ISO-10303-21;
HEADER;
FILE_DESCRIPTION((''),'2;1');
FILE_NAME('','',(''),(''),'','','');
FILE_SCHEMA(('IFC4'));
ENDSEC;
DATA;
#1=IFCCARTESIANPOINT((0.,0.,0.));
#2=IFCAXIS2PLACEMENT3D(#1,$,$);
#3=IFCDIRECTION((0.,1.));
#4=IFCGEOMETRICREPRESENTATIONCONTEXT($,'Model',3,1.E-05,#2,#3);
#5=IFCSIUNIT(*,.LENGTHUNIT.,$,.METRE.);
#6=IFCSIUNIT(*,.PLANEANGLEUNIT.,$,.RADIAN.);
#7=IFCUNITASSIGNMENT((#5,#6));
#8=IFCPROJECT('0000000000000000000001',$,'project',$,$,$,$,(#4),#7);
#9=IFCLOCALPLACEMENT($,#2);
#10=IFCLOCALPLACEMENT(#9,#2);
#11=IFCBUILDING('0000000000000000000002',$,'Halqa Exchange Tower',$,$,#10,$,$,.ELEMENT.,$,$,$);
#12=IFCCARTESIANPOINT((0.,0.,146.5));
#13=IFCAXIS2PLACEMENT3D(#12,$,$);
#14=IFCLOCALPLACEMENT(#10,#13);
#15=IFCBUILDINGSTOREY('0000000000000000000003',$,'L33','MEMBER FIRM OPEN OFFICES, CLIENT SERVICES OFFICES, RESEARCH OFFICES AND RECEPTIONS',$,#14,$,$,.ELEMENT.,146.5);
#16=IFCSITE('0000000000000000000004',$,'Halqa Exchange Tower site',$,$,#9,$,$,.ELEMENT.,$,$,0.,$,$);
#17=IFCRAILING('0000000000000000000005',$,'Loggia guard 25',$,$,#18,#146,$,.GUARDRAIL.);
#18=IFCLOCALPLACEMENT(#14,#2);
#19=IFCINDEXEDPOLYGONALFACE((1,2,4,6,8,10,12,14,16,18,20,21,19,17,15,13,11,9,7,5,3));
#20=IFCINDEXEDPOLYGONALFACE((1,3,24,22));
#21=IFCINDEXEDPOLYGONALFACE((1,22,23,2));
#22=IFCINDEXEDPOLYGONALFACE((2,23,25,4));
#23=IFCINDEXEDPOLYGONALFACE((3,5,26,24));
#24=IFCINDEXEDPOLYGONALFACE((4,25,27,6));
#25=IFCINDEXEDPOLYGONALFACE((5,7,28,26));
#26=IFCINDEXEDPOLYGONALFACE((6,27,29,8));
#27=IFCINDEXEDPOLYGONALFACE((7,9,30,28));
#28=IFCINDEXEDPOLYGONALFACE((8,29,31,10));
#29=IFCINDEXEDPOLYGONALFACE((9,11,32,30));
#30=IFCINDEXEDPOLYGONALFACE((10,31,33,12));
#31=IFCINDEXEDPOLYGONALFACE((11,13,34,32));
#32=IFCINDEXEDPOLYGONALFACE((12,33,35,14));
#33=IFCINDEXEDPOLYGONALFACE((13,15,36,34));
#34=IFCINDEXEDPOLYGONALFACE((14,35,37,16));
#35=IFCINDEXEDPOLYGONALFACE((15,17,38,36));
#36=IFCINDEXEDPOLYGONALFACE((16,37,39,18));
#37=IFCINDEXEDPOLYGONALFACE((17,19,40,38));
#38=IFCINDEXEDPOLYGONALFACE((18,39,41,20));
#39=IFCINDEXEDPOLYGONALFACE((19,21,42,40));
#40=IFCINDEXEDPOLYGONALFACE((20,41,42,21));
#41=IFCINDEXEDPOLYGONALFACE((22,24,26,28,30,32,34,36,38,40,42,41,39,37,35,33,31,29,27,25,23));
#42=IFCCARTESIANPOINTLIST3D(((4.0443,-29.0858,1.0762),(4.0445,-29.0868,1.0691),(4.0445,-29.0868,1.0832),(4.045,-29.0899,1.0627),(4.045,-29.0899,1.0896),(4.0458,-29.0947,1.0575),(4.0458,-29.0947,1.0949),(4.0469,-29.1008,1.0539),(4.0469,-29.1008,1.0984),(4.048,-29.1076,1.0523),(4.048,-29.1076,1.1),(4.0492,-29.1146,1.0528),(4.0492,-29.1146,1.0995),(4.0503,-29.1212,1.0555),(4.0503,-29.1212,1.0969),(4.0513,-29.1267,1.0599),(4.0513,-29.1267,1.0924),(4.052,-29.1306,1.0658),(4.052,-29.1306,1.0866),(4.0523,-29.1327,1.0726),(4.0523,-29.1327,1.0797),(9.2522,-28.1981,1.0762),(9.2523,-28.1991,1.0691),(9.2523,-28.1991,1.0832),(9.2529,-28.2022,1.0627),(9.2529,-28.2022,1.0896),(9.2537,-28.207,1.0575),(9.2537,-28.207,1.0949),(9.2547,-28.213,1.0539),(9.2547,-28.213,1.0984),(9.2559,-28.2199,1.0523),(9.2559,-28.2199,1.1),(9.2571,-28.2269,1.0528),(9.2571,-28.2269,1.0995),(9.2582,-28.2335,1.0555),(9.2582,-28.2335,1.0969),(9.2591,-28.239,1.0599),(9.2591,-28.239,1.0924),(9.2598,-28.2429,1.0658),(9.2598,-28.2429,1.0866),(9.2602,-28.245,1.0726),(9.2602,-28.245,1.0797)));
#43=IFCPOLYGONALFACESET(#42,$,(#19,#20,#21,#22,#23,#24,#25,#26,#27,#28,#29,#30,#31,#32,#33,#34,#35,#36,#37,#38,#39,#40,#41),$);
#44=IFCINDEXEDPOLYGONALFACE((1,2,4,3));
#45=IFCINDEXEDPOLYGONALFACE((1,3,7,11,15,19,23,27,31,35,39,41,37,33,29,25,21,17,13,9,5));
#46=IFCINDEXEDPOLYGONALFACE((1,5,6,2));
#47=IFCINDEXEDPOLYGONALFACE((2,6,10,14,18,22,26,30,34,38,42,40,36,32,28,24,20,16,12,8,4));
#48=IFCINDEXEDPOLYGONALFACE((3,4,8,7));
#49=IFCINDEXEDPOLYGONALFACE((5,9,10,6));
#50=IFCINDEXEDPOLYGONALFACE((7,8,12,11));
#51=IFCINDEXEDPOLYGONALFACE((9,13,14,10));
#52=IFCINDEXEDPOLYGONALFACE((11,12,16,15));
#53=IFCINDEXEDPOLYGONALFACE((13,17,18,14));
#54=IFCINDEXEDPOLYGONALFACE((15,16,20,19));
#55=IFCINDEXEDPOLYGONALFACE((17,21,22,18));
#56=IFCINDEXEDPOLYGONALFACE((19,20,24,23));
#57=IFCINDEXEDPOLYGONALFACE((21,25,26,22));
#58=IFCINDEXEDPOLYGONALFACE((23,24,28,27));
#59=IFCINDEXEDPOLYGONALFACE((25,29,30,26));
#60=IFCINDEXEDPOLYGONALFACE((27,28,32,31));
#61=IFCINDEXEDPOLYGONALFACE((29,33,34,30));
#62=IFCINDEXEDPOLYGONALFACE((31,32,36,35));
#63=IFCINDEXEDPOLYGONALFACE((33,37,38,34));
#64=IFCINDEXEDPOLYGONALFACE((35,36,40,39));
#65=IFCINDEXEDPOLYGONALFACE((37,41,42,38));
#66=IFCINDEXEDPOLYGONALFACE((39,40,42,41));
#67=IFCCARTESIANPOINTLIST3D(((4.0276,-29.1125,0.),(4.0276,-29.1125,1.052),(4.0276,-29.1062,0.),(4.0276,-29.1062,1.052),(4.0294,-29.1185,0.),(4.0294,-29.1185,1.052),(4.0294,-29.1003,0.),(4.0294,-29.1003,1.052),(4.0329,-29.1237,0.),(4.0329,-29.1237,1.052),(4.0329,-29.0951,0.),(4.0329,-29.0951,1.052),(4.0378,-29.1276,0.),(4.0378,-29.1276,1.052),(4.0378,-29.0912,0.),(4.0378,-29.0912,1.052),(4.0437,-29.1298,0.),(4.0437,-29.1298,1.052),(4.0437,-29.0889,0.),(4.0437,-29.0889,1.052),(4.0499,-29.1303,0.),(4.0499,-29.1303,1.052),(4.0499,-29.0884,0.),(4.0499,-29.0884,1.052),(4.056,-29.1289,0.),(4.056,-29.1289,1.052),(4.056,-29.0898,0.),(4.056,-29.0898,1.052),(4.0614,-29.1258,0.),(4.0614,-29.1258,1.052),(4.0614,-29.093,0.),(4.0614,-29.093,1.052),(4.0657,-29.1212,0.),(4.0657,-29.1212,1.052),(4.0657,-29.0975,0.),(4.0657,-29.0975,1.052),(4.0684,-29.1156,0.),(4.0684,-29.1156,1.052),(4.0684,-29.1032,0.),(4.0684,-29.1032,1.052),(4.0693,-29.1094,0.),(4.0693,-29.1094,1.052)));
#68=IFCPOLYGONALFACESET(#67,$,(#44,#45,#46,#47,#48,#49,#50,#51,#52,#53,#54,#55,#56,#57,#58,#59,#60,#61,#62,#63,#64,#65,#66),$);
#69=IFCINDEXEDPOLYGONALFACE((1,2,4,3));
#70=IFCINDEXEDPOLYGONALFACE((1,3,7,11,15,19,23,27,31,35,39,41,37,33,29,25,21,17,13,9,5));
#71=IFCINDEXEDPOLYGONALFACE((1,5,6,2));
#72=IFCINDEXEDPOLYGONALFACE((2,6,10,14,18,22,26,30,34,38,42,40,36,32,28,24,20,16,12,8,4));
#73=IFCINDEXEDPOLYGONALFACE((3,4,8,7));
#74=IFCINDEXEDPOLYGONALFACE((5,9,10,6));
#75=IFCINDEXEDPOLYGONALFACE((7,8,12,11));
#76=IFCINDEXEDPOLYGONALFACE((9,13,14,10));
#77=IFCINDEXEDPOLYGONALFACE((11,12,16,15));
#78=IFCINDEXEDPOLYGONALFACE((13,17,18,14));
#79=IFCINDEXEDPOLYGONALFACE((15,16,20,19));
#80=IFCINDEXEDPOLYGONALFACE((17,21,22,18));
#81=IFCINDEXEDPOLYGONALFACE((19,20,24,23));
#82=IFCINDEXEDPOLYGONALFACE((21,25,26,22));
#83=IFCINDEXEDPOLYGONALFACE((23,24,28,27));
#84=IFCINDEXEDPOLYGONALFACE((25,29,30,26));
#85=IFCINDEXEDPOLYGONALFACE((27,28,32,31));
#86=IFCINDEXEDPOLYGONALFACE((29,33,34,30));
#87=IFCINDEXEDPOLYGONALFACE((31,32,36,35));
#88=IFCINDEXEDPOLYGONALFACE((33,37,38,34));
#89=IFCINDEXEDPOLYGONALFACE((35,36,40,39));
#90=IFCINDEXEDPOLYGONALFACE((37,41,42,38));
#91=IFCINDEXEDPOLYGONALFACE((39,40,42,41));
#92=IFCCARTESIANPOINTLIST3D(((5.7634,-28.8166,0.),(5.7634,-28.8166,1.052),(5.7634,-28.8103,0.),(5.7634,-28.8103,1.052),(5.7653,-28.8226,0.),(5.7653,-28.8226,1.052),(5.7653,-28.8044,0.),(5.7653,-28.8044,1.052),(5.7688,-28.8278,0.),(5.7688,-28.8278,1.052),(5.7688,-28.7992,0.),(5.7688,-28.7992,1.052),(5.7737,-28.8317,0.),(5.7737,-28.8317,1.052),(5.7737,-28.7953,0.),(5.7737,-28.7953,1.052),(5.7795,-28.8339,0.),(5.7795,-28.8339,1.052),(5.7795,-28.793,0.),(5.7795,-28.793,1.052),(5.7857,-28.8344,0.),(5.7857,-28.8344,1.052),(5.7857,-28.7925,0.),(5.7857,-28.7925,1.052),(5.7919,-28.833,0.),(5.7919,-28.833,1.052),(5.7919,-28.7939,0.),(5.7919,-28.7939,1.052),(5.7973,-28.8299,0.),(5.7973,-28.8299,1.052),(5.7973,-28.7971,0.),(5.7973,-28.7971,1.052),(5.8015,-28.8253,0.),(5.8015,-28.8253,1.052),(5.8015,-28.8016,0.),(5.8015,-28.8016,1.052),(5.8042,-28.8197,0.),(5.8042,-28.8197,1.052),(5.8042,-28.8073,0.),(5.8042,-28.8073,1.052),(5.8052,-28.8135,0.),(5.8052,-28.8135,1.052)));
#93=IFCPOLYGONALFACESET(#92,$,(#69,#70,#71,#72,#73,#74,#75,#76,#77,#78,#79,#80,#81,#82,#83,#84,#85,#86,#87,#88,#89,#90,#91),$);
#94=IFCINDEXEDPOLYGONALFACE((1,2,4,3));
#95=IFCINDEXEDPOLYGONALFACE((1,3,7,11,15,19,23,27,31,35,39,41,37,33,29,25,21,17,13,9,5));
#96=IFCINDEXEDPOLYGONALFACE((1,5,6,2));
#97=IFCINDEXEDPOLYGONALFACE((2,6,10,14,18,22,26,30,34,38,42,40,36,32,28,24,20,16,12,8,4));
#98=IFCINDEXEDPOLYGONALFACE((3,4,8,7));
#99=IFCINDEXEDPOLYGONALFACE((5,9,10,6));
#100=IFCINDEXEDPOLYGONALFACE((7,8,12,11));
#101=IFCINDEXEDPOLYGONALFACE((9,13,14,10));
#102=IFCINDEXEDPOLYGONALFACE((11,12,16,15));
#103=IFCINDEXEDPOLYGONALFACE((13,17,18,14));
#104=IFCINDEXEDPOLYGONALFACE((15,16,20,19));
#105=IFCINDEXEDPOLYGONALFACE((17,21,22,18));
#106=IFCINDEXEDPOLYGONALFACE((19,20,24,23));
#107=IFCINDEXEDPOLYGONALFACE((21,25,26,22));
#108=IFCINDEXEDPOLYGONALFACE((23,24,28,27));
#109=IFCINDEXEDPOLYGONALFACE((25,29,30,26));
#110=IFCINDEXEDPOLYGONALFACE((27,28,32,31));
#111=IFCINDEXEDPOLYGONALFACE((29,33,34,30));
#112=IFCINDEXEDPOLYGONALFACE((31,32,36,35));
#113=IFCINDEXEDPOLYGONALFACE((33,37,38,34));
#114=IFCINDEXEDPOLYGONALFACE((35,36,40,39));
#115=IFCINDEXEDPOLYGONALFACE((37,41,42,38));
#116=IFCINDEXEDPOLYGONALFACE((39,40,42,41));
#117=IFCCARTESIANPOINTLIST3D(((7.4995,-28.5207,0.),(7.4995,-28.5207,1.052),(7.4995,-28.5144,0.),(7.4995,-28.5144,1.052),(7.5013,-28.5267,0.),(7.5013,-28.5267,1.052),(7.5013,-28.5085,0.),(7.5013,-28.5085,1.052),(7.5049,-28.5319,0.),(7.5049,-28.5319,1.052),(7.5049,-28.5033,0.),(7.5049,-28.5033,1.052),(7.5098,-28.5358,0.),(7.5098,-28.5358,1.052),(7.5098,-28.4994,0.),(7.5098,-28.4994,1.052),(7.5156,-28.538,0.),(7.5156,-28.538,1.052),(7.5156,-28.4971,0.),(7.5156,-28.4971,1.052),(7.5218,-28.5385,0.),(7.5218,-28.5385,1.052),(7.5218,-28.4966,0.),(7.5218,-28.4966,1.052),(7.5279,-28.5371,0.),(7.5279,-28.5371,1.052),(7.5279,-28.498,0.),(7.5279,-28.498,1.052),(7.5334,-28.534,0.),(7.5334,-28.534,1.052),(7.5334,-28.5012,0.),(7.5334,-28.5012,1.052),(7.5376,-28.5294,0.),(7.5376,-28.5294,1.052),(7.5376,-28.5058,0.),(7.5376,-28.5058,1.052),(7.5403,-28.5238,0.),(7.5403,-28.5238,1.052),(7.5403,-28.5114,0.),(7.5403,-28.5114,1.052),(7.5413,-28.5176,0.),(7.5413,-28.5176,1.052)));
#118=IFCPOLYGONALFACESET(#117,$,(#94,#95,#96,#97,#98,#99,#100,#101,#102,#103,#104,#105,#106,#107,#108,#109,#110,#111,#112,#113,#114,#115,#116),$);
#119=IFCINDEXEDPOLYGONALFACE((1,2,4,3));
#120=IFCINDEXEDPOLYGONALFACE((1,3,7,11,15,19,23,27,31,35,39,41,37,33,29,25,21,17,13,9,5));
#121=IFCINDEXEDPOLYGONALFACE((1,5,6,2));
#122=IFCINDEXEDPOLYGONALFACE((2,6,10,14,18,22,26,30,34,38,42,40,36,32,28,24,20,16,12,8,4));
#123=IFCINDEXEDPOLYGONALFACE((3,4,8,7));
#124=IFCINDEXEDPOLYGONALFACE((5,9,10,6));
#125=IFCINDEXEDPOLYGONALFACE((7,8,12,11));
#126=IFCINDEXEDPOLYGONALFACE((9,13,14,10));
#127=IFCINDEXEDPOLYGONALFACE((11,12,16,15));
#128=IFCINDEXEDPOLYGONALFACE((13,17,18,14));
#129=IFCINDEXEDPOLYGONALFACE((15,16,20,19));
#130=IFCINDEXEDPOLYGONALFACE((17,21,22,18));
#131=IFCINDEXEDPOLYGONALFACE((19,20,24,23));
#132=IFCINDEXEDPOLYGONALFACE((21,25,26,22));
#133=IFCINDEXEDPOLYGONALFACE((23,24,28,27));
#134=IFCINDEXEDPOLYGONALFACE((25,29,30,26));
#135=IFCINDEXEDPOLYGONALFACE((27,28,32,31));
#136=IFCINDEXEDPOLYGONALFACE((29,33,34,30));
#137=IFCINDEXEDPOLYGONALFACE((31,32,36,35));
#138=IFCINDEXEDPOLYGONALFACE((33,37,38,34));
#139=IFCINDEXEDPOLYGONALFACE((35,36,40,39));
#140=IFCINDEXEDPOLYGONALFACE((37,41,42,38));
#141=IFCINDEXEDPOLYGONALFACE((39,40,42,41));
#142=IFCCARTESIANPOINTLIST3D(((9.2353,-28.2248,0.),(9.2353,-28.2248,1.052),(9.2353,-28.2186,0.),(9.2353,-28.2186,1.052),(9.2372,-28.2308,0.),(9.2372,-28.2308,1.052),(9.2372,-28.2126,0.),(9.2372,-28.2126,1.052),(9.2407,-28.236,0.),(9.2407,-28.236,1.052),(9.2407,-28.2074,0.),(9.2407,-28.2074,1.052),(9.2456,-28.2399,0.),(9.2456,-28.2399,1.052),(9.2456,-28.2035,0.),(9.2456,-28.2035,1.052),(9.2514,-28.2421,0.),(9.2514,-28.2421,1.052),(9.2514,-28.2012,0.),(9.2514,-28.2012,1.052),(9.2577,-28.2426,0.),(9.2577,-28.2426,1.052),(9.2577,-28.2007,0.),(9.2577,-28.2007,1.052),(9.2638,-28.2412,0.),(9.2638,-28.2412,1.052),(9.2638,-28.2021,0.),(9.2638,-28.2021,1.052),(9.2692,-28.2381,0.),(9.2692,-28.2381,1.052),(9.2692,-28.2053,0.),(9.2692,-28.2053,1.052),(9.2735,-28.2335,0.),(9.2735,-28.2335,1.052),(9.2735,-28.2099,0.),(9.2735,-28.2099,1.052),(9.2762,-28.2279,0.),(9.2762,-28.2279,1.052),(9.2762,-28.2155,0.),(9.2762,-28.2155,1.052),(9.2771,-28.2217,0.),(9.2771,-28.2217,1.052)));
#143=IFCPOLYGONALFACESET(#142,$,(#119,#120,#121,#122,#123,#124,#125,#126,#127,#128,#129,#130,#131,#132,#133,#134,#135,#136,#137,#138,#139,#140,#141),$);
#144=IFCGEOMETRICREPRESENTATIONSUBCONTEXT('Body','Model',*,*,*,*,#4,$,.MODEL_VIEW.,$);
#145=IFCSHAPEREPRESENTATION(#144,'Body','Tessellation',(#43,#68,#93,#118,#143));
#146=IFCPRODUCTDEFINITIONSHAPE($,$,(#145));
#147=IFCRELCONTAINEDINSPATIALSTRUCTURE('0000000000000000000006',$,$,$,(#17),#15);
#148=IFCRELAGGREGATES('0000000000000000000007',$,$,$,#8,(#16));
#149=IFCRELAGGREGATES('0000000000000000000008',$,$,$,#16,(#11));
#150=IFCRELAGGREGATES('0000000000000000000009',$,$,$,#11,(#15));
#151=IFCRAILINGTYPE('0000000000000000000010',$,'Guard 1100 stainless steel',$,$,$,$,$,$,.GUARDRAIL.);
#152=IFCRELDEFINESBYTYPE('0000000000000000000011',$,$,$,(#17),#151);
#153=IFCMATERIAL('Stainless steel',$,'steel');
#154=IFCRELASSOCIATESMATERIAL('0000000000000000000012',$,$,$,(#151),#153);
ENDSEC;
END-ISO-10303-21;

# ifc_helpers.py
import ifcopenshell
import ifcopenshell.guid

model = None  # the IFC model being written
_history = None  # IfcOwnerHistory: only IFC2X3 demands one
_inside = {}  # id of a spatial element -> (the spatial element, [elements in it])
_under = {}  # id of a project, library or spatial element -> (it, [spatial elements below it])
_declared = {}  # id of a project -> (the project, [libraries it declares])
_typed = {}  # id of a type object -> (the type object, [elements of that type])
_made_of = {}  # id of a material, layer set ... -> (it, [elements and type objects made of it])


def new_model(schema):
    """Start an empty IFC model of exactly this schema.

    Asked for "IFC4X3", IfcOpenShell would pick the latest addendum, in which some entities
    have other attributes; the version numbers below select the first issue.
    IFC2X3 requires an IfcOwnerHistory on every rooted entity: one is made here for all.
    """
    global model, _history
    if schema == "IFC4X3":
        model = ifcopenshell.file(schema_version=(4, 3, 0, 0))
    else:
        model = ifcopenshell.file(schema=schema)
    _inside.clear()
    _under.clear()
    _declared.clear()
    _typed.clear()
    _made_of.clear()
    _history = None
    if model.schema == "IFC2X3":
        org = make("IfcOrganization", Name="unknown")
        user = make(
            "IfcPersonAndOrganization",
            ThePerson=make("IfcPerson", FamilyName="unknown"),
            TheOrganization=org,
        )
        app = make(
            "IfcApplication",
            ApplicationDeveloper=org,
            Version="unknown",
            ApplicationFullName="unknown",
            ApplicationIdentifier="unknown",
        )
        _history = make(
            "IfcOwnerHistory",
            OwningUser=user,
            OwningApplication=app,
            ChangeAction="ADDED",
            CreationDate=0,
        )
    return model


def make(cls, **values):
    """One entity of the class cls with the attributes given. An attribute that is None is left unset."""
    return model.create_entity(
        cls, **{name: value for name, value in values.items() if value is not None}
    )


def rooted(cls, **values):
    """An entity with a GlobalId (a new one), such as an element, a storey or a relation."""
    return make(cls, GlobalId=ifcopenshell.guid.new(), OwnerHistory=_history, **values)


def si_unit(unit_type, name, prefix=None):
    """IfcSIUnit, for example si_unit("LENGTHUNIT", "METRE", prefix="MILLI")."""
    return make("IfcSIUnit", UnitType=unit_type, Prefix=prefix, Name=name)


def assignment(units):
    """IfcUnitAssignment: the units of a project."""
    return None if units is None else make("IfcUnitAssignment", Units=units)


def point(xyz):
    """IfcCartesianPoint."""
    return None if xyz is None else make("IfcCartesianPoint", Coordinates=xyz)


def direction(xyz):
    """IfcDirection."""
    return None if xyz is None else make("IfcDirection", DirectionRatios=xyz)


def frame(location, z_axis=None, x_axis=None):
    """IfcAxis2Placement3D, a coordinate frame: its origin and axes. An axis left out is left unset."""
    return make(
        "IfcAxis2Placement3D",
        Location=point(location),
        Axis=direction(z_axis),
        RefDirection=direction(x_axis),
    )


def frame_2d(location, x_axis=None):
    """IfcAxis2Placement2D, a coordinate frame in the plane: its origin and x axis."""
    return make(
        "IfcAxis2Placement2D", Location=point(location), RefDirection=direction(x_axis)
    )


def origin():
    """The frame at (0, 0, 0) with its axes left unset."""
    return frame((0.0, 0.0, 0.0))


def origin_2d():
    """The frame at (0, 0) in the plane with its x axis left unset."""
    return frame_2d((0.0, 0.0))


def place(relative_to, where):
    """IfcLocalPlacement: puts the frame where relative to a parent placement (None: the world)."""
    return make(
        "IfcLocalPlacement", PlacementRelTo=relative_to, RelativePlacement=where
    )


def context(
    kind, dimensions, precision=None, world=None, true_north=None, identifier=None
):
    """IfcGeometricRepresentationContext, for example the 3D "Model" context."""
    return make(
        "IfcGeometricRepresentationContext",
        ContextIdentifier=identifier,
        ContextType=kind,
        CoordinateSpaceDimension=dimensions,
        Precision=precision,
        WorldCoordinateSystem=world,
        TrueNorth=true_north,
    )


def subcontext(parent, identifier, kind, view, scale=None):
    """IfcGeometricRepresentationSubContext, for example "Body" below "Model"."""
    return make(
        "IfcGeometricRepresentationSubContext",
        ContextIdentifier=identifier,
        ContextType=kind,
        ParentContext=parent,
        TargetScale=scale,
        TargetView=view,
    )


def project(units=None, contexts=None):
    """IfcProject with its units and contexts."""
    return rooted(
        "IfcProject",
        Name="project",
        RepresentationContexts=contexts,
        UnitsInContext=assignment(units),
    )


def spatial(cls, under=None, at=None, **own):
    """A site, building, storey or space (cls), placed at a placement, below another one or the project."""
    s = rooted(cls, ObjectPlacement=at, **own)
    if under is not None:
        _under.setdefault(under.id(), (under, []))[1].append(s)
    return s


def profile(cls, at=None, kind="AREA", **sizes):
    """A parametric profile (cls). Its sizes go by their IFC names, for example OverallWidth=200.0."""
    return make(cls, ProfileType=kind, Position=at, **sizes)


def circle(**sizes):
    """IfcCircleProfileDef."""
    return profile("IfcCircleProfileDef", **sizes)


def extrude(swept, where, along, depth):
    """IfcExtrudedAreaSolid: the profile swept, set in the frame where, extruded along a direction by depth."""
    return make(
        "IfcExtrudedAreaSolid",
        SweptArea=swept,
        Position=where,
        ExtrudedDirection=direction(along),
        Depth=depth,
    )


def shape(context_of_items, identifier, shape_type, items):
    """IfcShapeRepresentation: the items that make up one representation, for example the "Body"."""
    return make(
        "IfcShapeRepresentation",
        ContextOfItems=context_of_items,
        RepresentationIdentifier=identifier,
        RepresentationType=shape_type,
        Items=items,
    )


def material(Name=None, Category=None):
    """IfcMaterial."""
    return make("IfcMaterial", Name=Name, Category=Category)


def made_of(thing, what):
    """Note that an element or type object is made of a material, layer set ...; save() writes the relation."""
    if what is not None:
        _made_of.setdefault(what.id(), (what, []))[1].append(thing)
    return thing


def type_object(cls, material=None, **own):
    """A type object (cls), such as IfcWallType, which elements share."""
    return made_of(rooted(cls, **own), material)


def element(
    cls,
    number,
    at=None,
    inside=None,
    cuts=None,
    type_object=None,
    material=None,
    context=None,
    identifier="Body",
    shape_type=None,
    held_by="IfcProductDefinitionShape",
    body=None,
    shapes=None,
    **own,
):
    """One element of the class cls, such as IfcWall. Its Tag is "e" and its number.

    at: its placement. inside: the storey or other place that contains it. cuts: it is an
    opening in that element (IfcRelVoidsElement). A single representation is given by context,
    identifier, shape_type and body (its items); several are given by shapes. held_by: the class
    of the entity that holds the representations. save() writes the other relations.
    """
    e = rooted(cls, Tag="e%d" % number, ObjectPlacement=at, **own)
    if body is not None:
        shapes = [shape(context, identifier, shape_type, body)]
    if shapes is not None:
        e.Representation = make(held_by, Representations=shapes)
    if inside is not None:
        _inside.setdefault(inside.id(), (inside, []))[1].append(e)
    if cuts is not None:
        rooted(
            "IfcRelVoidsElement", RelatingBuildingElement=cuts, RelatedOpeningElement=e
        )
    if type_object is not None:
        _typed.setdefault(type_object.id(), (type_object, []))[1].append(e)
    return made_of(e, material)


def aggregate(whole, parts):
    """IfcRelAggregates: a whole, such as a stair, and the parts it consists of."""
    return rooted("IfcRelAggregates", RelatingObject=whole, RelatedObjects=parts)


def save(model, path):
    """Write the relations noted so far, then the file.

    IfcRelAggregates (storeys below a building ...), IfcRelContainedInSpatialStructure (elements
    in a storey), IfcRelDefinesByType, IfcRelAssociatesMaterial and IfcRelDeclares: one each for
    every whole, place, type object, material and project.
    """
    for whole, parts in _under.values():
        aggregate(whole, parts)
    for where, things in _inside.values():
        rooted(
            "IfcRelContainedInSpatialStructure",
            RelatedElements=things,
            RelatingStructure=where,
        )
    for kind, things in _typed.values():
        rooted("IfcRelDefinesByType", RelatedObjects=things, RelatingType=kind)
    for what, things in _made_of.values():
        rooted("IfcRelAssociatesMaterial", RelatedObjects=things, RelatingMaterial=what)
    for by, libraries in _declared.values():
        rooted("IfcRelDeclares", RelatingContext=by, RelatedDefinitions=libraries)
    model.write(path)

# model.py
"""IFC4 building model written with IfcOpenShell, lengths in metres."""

from ifc_helpers import new_model, si_unit, direction, frame, origin, origin_2d, place, context, subcontext, project, spatial, circle, extrude, material, type_object, element, save


model = new_model("IFC4")

# Units and contexts
model_context = context("Model", 3, precision=1e-05, world=origin(), true_north=direction((0.0, 1.0)))
body_context = subcontext(model_context, "Body", "Model", "MODEL_VIEW")
ifc_project = project(units=[si_unit("LENGTHUNIT", "METRE"), si_unit("PLANEANGLEUNIT", "RADIAN")], contexts=[model_context])

# Site, building, storey
site_placement = place(None, origin())
site = spatial("IfcSite", under=ifc_project, at=site_placement, Name="Halqa Exchange Tower site", CompositionType="ELEMENT", RefElevation=0.0)
building_placement = place(site_placement, origin())
building = spatial("IfcBuilding", under=site, at=building_placement, Name="Halqa Exchange Tower", CompositionType="ELEMENT")
storey_placement = place(building_placement, frame((0.0, 0.0, 146.5)))
storey = spatial("IfcBuildingStorey", under=building, at=storey_placement, Name="L33", Description="MEMBER FIRM OPEN OFFICES, CLIENT SERVICES OFFICES, RESEARCH OFFICES AND RECEPTIONS", CompositionType="ELEMENT", Elevation=146.5)

# Railing
ifc_material_1 = material(Name="Stainless steel", Category="steel")
railing_type_1 = type_object("IfcRailingType", Name="Guard 1100 stainless steel", PredefinedType="GUARDRAIL", material=ifc_material_1)
railing_1_placement = place(storey_placement, frame((4.0483, -29.1094, 0.0)))
element("IfcRailing", 1, at=railing_1_placement, inside=storey, type_object=railing_type_1, Name="Loggia guard 25", PredefinedType="GUARDRAIL", context=body_context, shape_type="SweptSolid", body=[
    extrude(circle(Radius=0.0239, at=origin_2d()), frame((0.0, 0.0, 1.0762), z_axis=(0.985781, 0.168033, 0.0), x_axis=(-0.168033, 0.985781, 0.0)), (0.0, 0.0, 1.0), 5.283),
    extrude(circle(Radius=0.021, at=origin_2d()), origin(), (0.0, 0.0, 1.0), 1.052),
    extrude(circle(Radius=0.021, at=origin_2d()), frame((1.7358, 0.2959, 0.0)), (0.0, 0.0, 1.0), 1.052),
    extrude(circle(Radius=0.021, at=origin_2d()), frame((3.4719, 0.5918, 0.0)), (0.0, 0.0, 1.0), 1.052),
    extrude(circle(Radius=0.021, at=origin_2d()), frame((5.2078, 0.8877, 0.0)), (0.0, 0.0, 1.0), 1.052),
])

save(model, "model.ifc")
